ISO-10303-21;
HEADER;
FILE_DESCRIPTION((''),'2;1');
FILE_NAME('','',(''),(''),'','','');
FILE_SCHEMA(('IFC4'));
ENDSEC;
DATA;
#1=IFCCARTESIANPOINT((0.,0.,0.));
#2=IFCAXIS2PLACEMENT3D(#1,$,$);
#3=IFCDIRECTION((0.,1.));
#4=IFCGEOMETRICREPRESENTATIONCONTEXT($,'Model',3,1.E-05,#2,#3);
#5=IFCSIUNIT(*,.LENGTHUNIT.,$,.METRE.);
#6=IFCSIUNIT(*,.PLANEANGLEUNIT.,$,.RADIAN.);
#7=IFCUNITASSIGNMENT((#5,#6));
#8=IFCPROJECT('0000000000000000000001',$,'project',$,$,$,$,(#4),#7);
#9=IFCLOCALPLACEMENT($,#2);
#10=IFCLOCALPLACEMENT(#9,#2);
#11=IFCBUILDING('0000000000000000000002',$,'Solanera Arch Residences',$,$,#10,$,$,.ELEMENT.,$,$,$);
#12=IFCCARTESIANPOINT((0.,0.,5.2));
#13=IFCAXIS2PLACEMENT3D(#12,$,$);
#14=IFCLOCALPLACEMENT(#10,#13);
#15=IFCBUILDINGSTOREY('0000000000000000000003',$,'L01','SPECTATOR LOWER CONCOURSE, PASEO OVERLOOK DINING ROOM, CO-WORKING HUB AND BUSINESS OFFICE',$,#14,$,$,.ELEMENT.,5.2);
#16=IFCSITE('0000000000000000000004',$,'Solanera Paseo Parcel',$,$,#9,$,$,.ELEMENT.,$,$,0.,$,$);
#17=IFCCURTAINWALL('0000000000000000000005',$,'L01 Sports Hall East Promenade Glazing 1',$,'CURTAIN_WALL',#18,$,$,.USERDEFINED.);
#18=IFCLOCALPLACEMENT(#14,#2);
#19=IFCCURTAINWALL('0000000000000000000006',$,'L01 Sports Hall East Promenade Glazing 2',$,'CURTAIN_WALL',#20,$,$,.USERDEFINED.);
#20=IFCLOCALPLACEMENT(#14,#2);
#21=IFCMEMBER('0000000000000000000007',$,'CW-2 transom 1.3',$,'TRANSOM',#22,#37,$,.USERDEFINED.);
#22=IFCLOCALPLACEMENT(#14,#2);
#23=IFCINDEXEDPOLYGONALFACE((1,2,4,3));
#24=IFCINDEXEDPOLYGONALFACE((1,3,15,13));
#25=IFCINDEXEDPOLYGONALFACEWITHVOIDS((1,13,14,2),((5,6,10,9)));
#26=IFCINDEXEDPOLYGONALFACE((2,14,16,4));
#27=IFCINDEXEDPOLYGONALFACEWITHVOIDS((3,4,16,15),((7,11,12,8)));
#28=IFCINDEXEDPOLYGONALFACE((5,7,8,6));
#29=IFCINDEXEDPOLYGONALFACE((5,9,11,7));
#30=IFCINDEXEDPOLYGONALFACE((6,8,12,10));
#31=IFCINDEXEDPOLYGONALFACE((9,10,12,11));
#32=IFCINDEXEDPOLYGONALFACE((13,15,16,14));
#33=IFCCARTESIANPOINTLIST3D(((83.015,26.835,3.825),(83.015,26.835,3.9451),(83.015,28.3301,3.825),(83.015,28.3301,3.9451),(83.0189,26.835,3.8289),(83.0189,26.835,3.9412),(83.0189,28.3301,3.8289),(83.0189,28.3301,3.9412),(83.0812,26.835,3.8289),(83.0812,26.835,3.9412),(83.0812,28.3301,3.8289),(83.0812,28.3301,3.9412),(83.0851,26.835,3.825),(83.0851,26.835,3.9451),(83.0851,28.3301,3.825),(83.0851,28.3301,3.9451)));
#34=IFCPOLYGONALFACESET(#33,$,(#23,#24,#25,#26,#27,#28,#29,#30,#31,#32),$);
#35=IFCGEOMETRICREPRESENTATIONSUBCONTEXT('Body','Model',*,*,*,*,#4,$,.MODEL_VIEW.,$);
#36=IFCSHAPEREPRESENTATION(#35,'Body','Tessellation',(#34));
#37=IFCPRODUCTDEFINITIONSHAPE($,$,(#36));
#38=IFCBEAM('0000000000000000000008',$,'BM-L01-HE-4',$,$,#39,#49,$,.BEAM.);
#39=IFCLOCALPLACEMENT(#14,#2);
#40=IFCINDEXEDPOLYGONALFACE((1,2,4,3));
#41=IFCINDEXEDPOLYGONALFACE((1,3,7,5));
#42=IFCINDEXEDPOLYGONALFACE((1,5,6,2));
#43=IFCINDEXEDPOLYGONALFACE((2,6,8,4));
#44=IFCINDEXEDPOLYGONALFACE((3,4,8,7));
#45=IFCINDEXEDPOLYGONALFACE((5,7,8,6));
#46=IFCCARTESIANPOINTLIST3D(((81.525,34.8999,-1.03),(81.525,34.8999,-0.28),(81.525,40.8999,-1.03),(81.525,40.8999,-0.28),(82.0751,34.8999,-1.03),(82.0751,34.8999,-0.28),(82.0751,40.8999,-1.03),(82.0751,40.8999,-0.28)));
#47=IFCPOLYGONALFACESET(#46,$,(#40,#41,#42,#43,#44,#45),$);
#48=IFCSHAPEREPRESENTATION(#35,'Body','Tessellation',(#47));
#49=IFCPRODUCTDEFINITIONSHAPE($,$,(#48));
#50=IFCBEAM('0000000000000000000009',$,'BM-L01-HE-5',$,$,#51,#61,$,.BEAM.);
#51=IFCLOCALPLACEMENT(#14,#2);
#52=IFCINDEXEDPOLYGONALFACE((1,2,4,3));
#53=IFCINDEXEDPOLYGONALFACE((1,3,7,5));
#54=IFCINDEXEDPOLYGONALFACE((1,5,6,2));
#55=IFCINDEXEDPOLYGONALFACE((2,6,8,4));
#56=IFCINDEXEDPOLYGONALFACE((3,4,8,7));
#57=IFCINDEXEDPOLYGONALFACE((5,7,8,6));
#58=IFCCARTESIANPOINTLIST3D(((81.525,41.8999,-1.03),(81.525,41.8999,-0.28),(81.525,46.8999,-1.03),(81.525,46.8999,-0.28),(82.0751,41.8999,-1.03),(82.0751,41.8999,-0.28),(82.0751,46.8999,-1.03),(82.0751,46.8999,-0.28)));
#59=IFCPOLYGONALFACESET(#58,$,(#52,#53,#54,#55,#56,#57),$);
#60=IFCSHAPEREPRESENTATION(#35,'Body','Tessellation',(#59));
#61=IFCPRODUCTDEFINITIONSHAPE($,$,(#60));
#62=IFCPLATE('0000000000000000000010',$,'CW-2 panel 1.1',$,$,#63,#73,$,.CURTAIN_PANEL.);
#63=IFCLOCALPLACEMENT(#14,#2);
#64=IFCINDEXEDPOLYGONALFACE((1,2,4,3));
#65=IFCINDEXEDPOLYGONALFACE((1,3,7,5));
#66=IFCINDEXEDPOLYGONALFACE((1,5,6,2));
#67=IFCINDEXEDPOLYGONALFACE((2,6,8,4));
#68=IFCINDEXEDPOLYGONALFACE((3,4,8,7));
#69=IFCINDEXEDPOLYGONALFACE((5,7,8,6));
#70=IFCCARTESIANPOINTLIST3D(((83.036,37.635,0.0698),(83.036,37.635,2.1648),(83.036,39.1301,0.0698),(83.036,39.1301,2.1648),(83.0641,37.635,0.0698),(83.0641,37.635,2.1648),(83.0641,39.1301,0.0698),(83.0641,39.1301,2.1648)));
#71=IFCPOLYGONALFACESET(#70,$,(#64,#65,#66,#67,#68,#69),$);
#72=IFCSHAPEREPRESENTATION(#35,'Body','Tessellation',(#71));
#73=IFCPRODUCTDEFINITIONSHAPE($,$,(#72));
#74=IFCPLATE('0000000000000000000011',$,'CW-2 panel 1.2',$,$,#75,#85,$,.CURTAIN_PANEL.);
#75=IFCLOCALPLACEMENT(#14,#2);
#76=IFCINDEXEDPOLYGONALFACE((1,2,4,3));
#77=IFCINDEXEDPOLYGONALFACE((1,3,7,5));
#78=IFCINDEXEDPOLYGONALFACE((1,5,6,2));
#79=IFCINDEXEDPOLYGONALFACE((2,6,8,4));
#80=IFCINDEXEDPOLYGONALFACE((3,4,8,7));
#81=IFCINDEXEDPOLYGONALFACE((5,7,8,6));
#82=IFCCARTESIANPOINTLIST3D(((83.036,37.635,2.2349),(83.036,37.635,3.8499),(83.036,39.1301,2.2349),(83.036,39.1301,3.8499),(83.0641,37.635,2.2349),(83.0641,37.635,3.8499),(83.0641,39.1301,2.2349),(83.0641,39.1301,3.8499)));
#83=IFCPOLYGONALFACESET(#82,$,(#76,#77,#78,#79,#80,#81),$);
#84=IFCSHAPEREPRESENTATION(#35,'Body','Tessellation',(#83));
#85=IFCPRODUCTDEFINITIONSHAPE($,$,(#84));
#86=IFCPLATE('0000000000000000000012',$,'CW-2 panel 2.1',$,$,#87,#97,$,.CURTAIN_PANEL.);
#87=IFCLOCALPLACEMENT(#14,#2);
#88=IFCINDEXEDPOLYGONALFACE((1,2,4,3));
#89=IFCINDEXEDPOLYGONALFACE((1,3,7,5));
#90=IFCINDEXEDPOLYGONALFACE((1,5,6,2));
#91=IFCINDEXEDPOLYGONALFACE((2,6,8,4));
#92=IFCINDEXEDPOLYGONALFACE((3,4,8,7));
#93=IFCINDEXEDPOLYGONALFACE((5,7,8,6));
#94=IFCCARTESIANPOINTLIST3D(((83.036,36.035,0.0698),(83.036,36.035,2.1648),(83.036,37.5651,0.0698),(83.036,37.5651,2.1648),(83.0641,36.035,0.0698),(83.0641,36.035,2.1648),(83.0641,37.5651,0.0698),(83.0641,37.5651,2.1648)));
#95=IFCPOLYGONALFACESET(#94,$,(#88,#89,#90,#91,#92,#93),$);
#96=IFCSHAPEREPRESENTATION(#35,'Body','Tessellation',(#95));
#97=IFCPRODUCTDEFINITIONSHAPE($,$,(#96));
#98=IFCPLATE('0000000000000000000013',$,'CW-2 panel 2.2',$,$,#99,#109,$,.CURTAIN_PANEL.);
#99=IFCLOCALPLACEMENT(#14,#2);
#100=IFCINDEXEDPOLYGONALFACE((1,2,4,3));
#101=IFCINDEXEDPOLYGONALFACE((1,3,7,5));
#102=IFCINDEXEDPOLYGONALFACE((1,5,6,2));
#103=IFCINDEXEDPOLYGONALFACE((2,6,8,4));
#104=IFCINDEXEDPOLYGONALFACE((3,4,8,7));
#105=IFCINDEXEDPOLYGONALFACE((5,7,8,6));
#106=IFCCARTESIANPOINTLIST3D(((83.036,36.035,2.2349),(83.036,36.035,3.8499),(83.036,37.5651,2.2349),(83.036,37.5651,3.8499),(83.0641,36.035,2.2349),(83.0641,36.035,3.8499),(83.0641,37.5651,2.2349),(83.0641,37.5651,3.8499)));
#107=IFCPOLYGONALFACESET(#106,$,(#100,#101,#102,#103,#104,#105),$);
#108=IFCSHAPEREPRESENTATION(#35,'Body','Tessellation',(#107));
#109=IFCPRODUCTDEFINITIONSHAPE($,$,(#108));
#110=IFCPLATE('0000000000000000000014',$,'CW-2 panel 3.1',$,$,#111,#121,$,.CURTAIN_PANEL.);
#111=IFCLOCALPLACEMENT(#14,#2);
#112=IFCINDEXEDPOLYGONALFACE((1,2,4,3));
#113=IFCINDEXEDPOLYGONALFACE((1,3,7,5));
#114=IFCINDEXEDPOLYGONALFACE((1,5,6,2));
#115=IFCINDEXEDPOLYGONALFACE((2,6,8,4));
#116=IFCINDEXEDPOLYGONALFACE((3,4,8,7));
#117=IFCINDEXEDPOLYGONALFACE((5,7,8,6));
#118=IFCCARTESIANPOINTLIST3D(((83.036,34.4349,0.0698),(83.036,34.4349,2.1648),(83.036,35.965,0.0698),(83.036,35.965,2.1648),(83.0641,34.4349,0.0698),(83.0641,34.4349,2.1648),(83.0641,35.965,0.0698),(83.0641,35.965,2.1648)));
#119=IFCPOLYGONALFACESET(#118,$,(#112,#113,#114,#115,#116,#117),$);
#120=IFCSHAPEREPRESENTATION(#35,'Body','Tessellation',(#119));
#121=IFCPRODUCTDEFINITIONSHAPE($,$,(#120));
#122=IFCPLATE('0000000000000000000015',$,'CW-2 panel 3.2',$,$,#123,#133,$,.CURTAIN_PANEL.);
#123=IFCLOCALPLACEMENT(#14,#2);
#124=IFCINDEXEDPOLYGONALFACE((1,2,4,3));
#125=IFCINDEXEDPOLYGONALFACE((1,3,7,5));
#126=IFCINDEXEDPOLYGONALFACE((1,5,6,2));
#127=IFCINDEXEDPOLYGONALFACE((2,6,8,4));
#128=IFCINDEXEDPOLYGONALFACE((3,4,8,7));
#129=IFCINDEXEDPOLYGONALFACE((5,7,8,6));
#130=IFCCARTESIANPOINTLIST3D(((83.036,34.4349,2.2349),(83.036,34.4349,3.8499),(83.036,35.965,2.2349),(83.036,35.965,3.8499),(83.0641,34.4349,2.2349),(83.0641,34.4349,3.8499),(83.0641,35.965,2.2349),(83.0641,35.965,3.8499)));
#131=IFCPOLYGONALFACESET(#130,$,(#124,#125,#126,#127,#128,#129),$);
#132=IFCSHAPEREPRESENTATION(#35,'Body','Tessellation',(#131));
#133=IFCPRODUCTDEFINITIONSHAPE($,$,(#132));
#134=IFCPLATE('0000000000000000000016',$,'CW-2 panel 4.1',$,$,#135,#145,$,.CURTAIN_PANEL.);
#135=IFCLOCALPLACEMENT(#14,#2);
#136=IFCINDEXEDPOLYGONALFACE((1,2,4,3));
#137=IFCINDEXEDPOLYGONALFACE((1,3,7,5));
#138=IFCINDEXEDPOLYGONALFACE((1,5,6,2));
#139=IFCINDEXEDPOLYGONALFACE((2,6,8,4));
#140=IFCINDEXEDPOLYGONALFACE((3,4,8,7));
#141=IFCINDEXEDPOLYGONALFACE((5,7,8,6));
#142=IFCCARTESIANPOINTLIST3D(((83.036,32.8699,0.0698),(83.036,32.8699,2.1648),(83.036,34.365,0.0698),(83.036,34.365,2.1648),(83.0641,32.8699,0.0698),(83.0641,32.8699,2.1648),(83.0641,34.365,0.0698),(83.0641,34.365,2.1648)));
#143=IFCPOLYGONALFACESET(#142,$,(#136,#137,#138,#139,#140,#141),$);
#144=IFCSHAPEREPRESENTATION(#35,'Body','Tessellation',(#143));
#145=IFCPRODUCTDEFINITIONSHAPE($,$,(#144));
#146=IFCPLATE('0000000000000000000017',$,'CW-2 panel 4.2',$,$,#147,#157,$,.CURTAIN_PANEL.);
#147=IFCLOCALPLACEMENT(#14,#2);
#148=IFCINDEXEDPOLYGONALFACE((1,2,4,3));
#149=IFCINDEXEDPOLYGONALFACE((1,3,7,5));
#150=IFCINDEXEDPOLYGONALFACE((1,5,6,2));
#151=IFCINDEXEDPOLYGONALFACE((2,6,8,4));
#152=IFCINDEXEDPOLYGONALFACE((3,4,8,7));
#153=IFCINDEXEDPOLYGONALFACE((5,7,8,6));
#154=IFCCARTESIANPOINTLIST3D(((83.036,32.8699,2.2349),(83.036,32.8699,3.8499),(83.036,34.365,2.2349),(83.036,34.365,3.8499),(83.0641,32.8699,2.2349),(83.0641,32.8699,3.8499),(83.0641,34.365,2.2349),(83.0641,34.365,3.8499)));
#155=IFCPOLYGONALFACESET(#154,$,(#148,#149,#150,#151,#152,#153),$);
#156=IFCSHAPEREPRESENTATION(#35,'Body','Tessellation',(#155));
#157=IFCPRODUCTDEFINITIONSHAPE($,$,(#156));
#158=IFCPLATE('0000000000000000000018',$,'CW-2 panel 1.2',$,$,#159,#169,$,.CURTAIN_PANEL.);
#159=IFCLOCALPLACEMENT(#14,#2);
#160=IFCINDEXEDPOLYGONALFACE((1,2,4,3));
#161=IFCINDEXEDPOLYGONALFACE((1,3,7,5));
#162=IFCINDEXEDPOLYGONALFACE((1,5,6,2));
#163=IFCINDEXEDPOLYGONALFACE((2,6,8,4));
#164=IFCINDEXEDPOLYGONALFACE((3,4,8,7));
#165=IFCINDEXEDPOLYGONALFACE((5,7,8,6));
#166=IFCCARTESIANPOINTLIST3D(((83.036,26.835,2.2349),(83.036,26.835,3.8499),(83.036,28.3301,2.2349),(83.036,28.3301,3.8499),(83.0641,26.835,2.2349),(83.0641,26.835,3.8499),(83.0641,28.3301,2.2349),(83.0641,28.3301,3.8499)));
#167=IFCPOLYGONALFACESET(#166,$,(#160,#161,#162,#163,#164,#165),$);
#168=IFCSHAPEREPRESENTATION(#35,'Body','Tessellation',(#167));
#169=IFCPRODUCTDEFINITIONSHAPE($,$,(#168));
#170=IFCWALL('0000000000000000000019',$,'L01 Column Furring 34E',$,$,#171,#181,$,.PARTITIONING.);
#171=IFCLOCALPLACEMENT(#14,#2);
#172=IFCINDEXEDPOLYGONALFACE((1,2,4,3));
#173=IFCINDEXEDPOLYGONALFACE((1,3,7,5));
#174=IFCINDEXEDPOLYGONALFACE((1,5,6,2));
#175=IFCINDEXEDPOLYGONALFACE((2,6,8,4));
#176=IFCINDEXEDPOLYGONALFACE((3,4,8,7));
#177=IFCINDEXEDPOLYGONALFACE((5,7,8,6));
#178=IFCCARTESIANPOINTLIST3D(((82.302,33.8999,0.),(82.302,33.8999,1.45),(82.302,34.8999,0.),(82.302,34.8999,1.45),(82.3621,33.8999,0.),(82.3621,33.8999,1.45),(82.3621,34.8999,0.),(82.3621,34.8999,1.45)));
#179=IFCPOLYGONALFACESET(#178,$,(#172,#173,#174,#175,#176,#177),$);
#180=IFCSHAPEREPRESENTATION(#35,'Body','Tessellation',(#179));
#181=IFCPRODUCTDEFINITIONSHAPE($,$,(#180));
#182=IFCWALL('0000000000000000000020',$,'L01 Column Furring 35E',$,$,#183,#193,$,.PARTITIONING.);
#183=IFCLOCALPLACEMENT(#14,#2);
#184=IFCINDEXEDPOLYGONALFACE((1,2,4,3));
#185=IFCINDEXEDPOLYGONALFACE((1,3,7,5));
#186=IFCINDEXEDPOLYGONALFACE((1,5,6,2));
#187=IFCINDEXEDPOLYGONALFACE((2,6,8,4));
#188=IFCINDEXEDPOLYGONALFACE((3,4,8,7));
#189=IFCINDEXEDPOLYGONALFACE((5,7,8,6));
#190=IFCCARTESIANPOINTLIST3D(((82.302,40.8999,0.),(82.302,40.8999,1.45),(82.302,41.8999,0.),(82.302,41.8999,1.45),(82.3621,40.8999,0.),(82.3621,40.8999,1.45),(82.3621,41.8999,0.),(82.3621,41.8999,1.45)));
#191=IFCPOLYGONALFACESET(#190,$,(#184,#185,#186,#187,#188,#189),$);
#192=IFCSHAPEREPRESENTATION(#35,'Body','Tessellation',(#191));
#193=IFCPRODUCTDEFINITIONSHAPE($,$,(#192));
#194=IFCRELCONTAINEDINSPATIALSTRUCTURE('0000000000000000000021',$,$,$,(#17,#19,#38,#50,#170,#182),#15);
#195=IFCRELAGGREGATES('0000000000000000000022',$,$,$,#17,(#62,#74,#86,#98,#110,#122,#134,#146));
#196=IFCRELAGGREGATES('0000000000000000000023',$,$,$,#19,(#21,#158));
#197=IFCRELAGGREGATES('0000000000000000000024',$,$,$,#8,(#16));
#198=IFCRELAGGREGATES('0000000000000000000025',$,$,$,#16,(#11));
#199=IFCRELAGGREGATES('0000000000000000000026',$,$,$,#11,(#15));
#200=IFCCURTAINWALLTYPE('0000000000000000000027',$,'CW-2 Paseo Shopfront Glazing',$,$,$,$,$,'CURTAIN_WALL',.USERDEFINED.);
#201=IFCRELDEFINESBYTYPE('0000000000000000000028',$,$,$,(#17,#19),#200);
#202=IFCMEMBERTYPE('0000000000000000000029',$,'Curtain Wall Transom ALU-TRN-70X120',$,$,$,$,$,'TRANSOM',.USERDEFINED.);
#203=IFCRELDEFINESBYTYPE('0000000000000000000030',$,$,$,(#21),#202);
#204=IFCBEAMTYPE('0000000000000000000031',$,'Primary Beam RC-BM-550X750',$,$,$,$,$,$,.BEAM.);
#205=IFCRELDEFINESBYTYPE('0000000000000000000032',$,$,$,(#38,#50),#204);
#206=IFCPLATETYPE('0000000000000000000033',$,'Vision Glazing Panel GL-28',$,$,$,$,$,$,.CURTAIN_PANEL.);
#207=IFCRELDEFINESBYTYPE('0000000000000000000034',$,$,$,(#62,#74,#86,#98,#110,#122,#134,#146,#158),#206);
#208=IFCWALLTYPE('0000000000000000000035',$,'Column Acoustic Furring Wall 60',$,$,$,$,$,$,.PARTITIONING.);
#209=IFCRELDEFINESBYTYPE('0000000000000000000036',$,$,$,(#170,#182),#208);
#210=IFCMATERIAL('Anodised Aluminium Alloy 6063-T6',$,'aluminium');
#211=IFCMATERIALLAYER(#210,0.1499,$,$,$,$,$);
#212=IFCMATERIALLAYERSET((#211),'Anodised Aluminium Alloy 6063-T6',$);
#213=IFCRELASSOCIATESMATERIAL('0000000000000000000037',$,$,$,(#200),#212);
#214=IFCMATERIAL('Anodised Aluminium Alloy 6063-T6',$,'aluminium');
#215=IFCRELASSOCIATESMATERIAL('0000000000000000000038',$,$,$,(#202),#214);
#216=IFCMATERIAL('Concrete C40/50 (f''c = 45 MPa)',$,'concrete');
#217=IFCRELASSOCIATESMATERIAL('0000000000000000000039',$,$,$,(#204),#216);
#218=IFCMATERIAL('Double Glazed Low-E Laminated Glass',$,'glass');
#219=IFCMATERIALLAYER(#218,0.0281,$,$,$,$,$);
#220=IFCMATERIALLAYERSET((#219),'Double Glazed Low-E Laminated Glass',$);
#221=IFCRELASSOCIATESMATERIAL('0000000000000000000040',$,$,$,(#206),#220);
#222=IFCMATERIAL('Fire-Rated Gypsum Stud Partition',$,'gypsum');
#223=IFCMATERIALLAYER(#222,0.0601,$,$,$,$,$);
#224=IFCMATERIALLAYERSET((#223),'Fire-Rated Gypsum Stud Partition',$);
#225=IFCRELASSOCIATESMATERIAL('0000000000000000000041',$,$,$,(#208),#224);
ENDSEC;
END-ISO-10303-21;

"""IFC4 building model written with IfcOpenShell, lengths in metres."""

from ifc_helpers import new_model, si_unit, direction, frame, frame_2d, origin, origin_2d, place, context, subcontext, project, spatial, rectangle, hollow_rectangle, extrude, material, layer, layer_set, material_profile, profile_set, type_object, element, aggregate, save


model = new_model("IFC4")

# Units and contexts
model_context = context("Model", 3, precision=1e-05, world=origin(), true_north=direction((0.0, 1.0)))
body_context = subcontext(model_context, "Body", "Model", "MODEL_VIEW")
ifc_project = project(units=[si_unit("LENGTHUNIT", "METRE"), si_unit("PLANEANGLEUNIT", "RADIAN")], contexts=[model_context])

# Site, building, storey
site_placement = place(None, origin())
site = spatial("IfcSite", under=ifc_project, at=site_placement, Name="Solanera Paseo Parcel", CompositionType="ELEMENT", RefElevation=0.0)
building_placement = place(site_placement, origin())
building = spatial("IfcBuilding", under=site, at=building_placement, Name="Solanera Arch Residences", CompositionType="ELEMENT")
storey_placement = place(building_placement, frame((0.0, 0.0, 5.2)))
storey = spatial("IfcBuildingStorey", under=building, at=storey_placement, Name="L01", Description="SPECTATOR LOWER CONCOURSE, PASEO OVERLOOK DINING ROOM, CO-WORKING HUB AND BUSINESS OFFICE", CompositionType="ELEMENT", Elevation=5.2)

# Curtain wall
ifc_material_1 = material(Name="Anodised Aluminium Alloy 6063-T6", Category="aluminium")
ifc_layer_1 = layer(ifc_material_1, 0.1499)
ifc_layer_set_1 = layer_set([ifc_layer_1], Name="Anodised Aluminium Alloy 6063-T6")
curtain_wall_type = type_object("IfcCurtainWallType", Name="CW-2 Paseo Shopfront Glazing", ElementType="CURTAIN_WALL", PredefinedType="USERDEFINED", material=ifc_layer_set_1)
curtain_wall_1_placement = place(storey_placement, origin())
curtain_wall_1 = element("IfcCurtainWall", 1, at=curtain_wall_1_placement, inside=storey, type_object=curtain_wall_type, Name="L01 Sports Hall East Promenade Glazing 1", ObjectType="CURTAIN_WALL", PredefinedType="USERDEFINED")

# Curtain wall
curtain_wall_2_placement = place(storey_placement, origin())
curtain_wall_2 = element("IfcCurtainWall", 2, at=curtain_wall_2_placement, inside=storey, type_object=curtain_wall_type, Name="L01 Sports Hall East Promenade Glazing 2", ObjectType="CURTAIN_WALL", PredefinedType="USERDEFINED")

# Member
ifc_material_2 = material(Name="Anodised Aluminium Alloy 6063-T6", Category="aluminium")
ifc_material_profile_1 = material_profile(ifc_material_2, hollow_rectangle(XDim=0.0701, YDim=0.1201, WallThickness=0.0039, at=origin_2d()))
ifc_profile_set_1 = profile_set([ifc_material_profile_1], Name="Anodised Aluminium Alloy 6063-T6")
member_type_1 = type_object("IfcMemberType", Name="Curtain Wall Transom ALU-TRN-70X120", ElementType="TRANSOM", PredefinedType="USERDEFINED", material=ifc_profile_set_1)
member_1_placement = place(storey_placement, frame((83.05, 28.3301, 3.885), z_axis=(0.0, -1.0, 0.0), x_axis=(1.0, 0.0, 0.0)))
member_1 = element("IfcMember", 3, at=member_1_placement, type_object=member_type_1, Name="CW-2 transom 1.3", ObjectType="TRANSOM", PredefinedType="USERDEFINED", context=body_context, shape_type="SweptSolid", body=[
    extrude(hollow_rectangle(XDim=0.0701, YDim=0.1201, WallThickness=0.0039, at=origin_2d()), origin(), (0.0, 0.0, 1.0), 1.4951),
])

# Beams
ifc_material_3 = material(Name="Concrete C40/50 (f'c = 45 MPa)", Category="concrete")
ifc_material_profile_2 = material_profile(ifc_material_3, rectangle(XDim=0.55, YDim=0.75, at=origin_2d()))
ifc_profile_set_2 = profile_set([ifc_material_profile_2], Name="Concrete C40/50 (f'c = 45 MPa)")
beam_type = type_object("IfcBeamType", Name="Primary Beam RC-BM-550X750", PredefinedType="BEAM", material=ifc_profile_set_2)
beam_1_placement = place(storey_placement, frame((81.8, 34.8999, -0.655), z_axis=(0.0, 1.0, 0.0), x_axis=(-1.0, 0.0, 0.0)))
element("IfcBeam", 4, at=beam_1_placement, inside=storey, type_object=beam_type, Name="BM-L01-HE-4", PredefinedType="BEAM", context=body_context, shape_type="SweptSolid", body=[
    extrude(rectangle(XDim=0.55, YDim=0.75, at=origin_2d()), origin(), (0.0, 0.0, 1.0), 6.0),
])
beam_2_placement = place(storey_placement, frame((81.8, 41.8999, -0.655), z_axis=(0.0, 1.0, 0.0), x_axis=(-1.0, 0.0, 0.0)))
element("IfcBeam", 5, at=beam_2_placement, inside=storey, type_object=beam_type, Name="BM-L01-HE-5", PredefinedType="BEAM", context=body_context, shape_type="SweptSolid", body=[
    extrude(rectangle(XDim=0.55, YDim=0.75, at=origin_2d()), origin(), (0.0, 0.0, 1.0), 5.0),
])

# Plates
ifc_material_4 = material(Name="Double Glazed Low-E Laminated Glass", Category="glass")
ifc_layer_2 = layer(ifc_material_4, 0.0281)
ifc_layer_set_2 = layer_set([ifc_layer_2], Name="Double Glazed Low-E Laminated Glass")
plate_type = type_object("IfcPlateType", Name="Vision Glazing Panel GL-28", PredefinedType="CURTAIN_PANEL", material=ifc_layer_set_2)
plate_1_placement = place(storey_placement, frame((83.05, 38.3826, 0.0698), z_axis=(0.0, 0.0, 1.0), x_axis=(0.0, -1.0, 0.0)))
plate_1 = element("IfcPlate", 6, at=plate_1_placement, type_object=plate_type, Name="CW-2 panel 1.1", PredefinedType="CURTAIN_PANEL", context=body_context, shape_type="SweptSolid", body=[
    extrude(rectangle(XDim=1.4951, YDim=0.0281, at=origin_2d()), origin(), (0.0, 0.0, 1.0), 2.095),
])
plate_2_placement = place(storey_placement, frame((83.05, 38.3826, 2.2349), z_axis=(0.0, 0.0, 1.0), x_axis=(0.0, -1.0, 0.0)))
plate_2 = element("IfcPlate", 7, at=plate_2_placement, type_object=plate_type, Name="CW-2 panel 1.2", PredefinedType="CURTAIN_PANEL", context=body_context, shape_type="SweptSolid", body=[
    extrude(rectangle(XDim=1.4951, YDim=0.0281, at=origin_2d()), origin(), (0.0, 0.0, 1.0), 1.615),
])
plate_3_placement = place(storey_placement, frame((83.05, 36.8, 0.0698), z_axis=(0.0, 0.0, 1.0), x_axis=(0.0, -1.0, 0.0)))
plate_3 = element("IfcPlate", 8, at=plate_3_placement, type_object=plate_type, Name="CW-2 panel 2.1", PredefinedType="CURTAIN_PANEL", context=body_context, shape_type="SweptSolid", body=[
    extrude(rectangle(XDim=1.53, YDim=0.0281, at=origin_2d()), origin(), (0.0, 0.0, 1.0), 2.095),
])
plate_4_placement = place(storey_placement, frame((83.05, 36.8, 2.2349), z_axis=(0.0, 0.0, 1.0), x_axis=(0.0, -1.0, 0.0)))
plate_4 = element("IfcPlate", 9, at=plate_4_placement, type_object=plate_type, Name="CW-2 panel 2.2", PredefinedType="CURTAIN_PANEL", context=body_context, shape_type="SweptSolid", body=[
    extrude(rectangle(XDim=1.53, YDim=0.0281, at=origin_2d()), origin(), (0.0, 0.0, 1.0), 1.615),
])
plate_5_placement = place(storey_placement, frame((83.05, 35.2, 0.0698), z_axis=(0.0, 0.0, 1.0), x_axis=(0.0, -1.0, 0.0)))
plate_5 = element("IfcPlate", 10, at=plate_5_placement, type_object=plate_type, Name="CW-2 panel 3.1", PredefinedType="CURTAIN_PANEL", context=body_context, shape_type="SweptSolid", body=[
    extrude(rectangle(XDim=1.53, YDim=0.0281, at=origin_2d()), origin(), (0.0, 0.0, 1.0), 2.095),
])
plate_6_placement = place(storey_placement, frame((83.05, 35.2, 2.2349), z_axis=(0.0, 0.0, 1.0), x_axis=(0.0, -1.0, 0.0)))
plate_6 = element("IfcPlate", 11, at=plate_6_placement, type_object=plate_type, Name="CW-2 panel 3.2", PredefinedType="CURTAIN_PANEL", context=body_context, shape_type="SweptSolid", body=[
    extrude(rectangle(XDim=1.53, YDim=0.0281, at=origin_2d()), origin(), (0.0, 0.0, 1.0), 1.615),
])
plate_7_placement = place(storey_placement, frame((83.05, 33.6174, 0.0698), z_axis=(0.0, 0.0, 1.0), x_axis=(0.0, -1.0, 0.0)))
plate_7 = element("IfcPlate", 12, at=plate_7_placement, type_object=plate_type, Name="CW-2 panel 4.1", PredefinedType="CURTAIN_PANEL", context=body_context, shape_type="SweptSolid", body=[
    extrude(rectangle(XDim=1.4951, YDim=0.0281, at=origin_2d()), origin(), (0.0, 0.0, 1.0), 2.095),
])
plate_8_placement = place(storey_placement, frame((83.05, 33.6174, 2.2349), z_axis=(0.0, 0.0, 1.0), x_axis=(0.0, -1.0, 0.0)))
plate_8 = element("IfcPlate", 13, at=plate_8_placement, type_object=plate_type, Name="CW-2 panel 4.2", PredefinedType="CURTAIN_PANEL", context=body_context, shape_type="SweptSolid", body=[
    extrude(rectangle(XDim=1.4951, YDim=0.0281, at=origin_2d()), origin(), (0.0, 0.0, 1.0), 1.615),
])
aggregate(curtain_wall_1, [plate_1, plate_2, plate_3, plate_4, plate_5, plate_6, plate_7, plate_8])
plate_9_placement = place(storey_placement, frame((83.05, 27.5825, 2.2349), z_axis=(0.0, 0.0, 1.0), x_axis=(0.0, -1.0, 0.0)))
plate_9 = element("IfcPlate", 14, at=plate_9_placement, type_object=plate_type, Name="CW-2 panel 1.2", PredefinedType="CURTAIN_PANEL", context=body_context, shape_type="SweptSolid", body=[
    extrude(rectangle(XDim=1.4951, YDim=0.0281, at=origin_2d()), origin(), (0.0, 0.0, 1.0), 1.615),
])
aggregate(curtain_wall_2, [member_1, plate_9])

# Walls
ifc_material_5 = material(Name="Fire-Rated Gypsum Stud Partition", Category="gypsum")
ifc_layer_3 = layer(ifc_material_5, 0.0601)
ifc_layer_set_3 = layer_set([ifc_layer_3], Name="Fire-Rated Gypsum Stud Partition")
wall_type_1 = type_object("IfcWallType", Name="Column Acoustic Furring Wall 60", PredefinedType="PARTITIONING", material=ifc_layer_set_3)
for number, where, z_axis, x_axis, name in (
    (15, (82.332, 33.8999, 0.0), (0.0, 0.0, 1.0), (0.0, 1.0, 0.0), "L01 Column Furring 34E"),
    (16, (82.332, 40.8999, 0.0), (0.0, 0.0, 1.0), (0.0, 1.0, 0.0), "L01 Column Furring 35E"),
):
    element("IfcWall", number, at=place(storey_placement, frame(where, z_axis=z_axis, x_axis=x_axis)), inside=storey, type_object=wall_type_1, Name=name, PredefinedType="PARTITIONING", context=body_context, shape_type="SweptSolid", body=[
        extrude(rectangle(XDim=1.0, YDim=0.0601, at=frame_2d((0.5, 0.0))), origin(), (0.0, 0.0, 1.0), 1.45),
    ])

save(model, "model.ifc")
